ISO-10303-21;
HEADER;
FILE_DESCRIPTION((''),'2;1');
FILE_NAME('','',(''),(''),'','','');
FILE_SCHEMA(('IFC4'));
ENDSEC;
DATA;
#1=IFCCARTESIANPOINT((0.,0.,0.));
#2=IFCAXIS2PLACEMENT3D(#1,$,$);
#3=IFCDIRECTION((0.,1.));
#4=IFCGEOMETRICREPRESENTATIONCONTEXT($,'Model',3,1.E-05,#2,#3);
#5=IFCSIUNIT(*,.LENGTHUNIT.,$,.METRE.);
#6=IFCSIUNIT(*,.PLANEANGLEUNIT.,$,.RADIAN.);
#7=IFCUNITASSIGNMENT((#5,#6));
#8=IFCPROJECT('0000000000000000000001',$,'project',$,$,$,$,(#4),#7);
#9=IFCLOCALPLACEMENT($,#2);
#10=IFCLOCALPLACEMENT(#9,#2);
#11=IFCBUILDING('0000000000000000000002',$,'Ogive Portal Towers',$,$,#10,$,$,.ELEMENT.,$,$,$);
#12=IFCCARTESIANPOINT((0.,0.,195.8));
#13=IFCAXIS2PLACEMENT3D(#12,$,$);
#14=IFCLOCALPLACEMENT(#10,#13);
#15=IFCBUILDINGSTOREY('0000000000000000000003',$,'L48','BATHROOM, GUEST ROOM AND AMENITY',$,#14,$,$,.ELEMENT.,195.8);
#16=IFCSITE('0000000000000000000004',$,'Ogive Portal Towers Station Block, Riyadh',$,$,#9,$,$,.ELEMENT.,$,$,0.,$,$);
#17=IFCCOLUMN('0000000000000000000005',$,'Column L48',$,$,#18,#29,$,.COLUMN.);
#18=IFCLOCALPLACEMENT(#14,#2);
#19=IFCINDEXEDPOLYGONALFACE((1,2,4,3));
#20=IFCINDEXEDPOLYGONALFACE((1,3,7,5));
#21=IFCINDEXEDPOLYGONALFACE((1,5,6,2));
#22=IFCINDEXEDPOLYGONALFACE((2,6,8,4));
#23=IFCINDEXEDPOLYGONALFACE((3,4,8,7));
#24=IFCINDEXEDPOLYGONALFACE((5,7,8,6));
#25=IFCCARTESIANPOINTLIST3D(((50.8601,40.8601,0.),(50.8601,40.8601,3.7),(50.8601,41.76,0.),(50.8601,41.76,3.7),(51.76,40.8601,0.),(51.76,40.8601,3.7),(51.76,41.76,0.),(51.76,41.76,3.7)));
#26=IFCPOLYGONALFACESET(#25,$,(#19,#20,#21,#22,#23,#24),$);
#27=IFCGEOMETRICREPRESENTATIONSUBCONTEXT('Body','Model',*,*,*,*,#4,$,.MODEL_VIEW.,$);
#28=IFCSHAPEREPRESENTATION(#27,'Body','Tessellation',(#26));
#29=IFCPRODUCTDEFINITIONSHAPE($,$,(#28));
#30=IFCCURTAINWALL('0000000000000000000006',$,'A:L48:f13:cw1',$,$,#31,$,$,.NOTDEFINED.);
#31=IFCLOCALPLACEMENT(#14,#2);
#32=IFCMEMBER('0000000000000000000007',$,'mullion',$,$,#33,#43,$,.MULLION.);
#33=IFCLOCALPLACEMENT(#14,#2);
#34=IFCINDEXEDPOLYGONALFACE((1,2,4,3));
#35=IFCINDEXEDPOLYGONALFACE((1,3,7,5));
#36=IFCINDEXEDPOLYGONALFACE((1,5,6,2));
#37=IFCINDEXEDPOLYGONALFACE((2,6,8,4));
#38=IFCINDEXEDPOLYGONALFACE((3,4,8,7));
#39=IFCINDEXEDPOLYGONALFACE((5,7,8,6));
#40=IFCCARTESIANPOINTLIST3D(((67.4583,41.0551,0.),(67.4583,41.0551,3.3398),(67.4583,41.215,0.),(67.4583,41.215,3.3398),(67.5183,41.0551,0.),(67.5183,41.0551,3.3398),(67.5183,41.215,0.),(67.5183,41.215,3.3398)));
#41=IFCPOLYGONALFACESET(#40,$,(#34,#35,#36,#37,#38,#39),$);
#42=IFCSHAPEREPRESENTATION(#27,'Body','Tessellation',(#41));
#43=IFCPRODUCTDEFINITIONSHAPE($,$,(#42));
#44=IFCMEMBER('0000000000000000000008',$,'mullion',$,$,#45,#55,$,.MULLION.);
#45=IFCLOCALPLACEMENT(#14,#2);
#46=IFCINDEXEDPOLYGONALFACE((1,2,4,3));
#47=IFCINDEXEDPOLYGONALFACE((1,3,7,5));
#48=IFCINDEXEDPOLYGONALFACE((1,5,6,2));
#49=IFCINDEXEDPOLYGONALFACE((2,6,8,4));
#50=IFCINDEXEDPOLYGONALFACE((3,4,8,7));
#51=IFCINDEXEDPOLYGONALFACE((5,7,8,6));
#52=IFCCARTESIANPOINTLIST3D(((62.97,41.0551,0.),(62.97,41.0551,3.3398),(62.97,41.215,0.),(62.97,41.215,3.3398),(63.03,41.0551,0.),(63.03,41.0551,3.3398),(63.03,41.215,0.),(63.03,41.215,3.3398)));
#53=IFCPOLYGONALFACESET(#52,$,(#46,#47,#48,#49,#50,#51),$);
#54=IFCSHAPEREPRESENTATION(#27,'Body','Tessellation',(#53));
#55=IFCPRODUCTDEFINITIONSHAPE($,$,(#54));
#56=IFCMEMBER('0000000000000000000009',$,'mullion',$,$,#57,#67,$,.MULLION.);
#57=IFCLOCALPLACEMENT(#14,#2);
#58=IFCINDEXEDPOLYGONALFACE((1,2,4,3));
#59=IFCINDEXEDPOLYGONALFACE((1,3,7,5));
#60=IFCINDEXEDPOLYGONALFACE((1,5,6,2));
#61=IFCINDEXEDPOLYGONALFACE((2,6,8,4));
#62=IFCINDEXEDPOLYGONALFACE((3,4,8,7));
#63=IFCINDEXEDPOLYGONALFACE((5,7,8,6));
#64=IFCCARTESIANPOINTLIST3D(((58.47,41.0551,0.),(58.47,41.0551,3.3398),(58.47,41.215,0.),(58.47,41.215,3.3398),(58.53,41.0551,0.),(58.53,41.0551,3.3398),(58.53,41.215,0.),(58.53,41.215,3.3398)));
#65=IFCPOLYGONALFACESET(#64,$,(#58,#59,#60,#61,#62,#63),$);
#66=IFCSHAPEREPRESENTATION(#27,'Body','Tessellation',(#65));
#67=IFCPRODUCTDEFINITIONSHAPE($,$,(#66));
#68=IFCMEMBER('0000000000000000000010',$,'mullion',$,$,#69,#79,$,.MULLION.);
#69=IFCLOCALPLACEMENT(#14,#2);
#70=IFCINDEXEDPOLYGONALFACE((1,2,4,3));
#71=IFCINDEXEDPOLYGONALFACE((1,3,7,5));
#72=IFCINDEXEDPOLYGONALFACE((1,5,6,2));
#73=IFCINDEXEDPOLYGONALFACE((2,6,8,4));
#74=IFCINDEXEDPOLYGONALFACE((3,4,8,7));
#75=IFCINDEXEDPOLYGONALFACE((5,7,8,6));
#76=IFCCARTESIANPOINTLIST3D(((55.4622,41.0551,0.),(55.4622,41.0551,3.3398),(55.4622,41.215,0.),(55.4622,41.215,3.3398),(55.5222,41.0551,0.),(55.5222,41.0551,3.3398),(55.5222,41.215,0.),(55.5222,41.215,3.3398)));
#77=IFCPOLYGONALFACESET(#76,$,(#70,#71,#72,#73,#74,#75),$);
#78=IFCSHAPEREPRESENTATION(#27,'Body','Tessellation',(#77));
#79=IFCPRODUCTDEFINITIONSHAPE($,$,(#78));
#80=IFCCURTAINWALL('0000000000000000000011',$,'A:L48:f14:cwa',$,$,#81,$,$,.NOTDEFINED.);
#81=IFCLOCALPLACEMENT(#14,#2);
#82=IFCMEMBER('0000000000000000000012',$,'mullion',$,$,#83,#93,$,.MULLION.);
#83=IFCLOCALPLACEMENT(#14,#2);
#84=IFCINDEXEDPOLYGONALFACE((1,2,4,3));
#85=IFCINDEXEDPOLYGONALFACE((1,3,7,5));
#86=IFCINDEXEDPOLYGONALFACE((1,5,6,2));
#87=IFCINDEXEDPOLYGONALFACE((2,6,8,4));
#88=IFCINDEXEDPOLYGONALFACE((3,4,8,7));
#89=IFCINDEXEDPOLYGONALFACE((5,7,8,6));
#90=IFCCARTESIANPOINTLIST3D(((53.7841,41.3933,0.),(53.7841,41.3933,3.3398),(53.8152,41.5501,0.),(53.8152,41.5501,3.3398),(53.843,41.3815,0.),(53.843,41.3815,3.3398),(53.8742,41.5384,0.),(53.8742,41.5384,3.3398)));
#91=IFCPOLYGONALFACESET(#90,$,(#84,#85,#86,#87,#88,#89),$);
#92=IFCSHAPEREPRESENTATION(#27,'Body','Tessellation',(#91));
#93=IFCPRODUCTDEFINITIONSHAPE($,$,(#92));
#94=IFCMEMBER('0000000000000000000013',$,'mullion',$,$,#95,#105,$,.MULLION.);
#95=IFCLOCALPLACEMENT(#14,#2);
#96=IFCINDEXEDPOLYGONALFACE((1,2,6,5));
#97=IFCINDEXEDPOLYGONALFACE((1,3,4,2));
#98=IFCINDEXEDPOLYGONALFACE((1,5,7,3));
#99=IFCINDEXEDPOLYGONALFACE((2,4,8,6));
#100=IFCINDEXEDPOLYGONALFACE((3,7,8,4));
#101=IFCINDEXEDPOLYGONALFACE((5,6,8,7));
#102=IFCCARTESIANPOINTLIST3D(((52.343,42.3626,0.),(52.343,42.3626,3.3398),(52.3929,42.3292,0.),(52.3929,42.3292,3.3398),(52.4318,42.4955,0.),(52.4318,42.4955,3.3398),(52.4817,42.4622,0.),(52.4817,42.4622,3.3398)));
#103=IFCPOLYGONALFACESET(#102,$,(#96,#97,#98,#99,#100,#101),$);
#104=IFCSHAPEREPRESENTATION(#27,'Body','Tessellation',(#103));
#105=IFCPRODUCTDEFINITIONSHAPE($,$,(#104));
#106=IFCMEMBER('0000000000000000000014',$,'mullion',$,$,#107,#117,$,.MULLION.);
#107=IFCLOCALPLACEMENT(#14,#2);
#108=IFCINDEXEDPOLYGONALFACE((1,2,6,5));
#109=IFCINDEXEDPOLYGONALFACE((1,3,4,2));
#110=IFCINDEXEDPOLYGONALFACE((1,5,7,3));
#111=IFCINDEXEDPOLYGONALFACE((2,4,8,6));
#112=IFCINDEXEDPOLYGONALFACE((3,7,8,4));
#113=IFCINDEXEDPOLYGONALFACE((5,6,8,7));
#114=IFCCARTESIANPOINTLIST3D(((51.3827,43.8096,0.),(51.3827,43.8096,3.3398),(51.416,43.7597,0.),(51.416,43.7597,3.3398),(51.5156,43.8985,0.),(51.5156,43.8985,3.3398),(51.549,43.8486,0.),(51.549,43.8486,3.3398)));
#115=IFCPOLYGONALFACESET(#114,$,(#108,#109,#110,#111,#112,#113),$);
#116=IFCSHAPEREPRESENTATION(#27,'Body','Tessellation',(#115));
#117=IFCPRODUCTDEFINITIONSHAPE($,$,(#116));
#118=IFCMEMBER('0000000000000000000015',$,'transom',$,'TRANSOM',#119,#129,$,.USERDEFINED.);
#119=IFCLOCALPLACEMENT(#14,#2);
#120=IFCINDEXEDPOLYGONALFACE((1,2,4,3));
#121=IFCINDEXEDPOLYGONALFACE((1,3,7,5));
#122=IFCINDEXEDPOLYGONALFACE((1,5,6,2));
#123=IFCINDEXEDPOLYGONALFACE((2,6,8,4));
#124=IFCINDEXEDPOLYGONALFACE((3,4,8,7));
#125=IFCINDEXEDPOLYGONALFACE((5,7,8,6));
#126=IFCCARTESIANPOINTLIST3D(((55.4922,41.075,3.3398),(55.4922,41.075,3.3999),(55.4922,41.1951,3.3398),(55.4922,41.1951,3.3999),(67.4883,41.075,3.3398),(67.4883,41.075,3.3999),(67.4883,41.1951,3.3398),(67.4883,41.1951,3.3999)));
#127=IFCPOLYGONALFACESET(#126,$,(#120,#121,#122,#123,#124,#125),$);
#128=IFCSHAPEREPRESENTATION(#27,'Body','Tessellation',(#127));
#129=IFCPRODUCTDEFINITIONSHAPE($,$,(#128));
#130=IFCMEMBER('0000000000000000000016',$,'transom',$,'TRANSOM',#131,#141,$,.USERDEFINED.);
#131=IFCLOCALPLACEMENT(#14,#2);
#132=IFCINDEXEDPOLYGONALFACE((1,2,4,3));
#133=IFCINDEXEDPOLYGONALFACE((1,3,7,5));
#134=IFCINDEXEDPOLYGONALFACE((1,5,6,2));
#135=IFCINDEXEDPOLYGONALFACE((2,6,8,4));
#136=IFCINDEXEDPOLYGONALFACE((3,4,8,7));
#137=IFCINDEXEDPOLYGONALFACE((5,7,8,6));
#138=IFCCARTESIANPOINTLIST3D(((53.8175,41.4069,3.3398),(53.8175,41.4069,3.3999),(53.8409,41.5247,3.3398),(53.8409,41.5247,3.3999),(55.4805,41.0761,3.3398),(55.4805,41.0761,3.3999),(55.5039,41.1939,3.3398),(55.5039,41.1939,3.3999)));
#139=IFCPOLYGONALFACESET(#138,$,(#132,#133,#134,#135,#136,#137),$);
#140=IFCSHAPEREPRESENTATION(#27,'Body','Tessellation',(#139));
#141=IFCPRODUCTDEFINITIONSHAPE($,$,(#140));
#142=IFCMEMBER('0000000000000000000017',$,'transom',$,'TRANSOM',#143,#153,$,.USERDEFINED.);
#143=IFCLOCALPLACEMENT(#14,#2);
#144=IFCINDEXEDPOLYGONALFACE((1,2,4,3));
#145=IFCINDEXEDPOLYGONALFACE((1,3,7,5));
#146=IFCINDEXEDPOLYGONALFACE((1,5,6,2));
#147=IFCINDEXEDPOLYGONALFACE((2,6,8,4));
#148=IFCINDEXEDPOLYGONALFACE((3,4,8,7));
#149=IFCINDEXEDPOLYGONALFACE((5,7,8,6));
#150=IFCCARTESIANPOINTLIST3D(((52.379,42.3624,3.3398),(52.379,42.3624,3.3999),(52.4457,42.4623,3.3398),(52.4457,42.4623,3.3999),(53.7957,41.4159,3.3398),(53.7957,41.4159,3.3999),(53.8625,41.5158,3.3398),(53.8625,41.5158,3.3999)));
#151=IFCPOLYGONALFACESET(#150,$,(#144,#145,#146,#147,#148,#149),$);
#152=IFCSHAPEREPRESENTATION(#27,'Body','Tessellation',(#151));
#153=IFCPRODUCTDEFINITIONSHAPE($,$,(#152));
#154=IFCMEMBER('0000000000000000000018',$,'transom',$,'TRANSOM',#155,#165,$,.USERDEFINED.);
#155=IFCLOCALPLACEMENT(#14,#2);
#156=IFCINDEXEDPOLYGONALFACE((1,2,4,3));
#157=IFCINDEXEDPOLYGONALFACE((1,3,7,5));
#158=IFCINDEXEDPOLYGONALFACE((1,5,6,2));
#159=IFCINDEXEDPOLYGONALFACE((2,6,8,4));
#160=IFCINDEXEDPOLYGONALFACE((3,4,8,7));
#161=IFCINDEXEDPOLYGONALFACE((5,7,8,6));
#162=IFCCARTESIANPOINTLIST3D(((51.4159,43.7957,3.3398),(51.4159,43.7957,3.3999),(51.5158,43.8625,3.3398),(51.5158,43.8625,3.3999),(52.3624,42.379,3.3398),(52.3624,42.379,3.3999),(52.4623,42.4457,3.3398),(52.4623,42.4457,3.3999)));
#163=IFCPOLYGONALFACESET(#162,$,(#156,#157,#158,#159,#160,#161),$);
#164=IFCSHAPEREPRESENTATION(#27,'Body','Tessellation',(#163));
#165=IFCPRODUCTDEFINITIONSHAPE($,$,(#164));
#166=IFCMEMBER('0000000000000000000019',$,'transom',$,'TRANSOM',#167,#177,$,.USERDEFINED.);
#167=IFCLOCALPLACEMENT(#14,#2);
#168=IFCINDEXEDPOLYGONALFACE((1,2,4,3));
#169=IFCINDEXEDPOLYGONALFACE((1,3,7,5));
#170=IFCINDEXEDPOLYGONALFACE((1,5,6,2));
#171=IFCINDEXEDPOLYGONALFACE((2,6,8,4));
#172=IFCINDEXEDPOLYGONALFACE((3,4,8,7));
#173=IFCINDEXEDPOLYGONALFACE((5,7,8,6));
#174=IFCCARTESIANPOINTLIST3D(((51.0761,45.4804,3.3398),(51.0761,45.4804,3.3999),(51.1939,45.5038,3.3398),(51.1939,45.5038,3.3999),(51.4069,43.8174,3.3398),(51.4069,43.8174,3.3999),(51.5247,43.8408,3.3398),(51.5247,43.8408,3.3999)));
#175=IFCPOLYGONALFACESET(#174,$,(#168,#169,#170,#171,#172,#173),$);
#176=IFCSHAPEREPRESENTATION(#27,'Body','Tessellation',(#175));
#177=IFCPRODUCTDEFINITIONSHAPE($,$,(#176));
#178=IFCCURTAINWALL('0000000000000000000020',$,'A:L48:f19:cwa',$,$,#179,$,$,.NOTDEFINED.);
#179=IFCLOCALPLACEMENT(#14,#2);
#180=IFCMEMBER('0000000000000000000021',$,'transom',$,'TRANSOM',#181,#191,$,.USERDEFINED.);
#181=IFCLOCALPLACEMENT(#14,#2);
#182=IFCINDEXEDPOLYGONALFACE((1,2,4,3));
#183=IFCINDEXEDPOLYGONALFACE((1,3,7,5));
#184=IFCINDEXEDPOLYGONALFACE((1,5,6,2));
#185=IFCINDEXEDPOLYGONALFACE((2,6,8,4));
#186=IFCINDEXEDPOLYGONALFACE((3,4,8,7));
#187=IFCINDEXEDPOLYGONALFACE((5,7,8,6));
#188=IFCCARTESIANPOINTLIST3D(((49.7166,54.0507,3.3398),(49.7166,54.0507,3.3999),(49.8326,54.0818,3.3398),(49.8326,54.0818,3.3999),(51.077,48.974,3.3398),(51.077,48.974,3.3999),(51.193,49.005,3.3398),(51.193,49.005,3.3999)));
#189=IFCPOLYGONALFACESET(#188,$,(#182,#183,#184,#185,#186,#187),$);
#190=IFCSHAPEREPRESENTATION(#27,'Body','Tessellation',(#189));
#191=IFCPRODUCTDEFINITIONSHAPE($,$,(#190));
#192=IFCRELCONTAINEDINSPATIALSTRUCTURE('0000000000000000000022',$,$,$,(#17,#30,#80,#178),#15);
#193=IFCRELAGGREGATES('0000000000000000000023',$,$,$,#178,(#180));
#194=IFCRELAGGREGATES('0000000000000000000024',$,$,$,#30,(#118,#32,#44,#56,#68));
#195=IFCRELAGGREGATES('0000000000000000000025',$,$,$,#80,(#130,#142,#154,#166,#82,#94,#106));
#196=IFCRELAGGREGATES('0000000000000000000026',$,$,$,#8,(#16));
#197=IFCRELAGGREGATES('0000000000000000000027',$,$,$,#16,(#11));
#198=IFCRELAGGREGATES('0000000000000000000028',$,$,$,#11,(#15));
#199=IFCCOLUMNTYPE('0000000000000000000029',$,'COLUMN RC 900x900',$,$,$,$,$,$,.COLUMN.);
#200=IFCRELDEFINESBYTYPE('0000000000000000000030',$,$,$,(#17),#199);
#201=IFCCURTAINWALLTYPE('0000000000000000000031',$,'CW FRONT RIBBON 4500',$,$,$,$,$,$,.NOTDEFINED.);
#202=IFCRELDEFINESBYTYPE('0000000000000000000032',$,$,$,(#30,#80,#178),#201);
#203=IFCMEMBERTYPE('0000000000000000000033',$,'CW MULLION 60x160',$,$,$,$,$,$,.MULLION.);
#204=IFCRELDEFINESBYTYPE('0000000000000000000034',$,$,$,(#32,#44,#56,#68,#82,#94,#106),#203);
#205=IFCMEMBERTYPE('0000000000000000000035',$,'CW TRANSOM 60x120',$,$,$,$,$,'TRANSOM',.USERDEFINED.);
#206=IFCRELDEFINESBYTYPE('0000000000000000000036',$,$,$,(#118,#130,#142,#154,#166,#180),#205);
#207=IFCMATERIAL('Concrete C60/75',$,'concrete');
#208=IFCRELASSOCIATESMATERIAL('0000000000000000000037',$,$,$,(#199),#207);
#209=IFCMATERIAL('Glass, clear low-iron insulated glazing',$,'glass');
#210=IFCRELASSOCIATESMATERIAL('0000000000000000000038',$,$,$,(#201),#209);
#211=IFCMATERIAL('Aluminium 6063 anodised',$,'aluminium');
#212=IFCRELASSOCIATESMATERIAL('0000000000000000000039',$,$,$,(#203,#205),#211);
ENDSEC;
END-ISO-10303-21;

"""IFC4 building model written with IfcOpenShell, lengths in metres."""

from ifc_helpers import new_model, si_unit, direction, frame, origin, origin_2d, place, context, subcontext, project, spatial, rectangle, extrude, material, material_profile, profile_set, type_object, element, aggregate, save


model = new_model("IFC4")

# Units and contexts
model_context = context("Model", 3, precision=1e-05, world=origin(), true_north=direction((0.0, 1.0)))
body_context = subcontext(model_context, "Body", "Model", "MODEL_VIEW")
ifc_project = project(units=[si_unit("LENGTHUNIT", "METRE"), si_unit("PLANEANGLEUNIT", "RADIAN")], contexts=[model_context])

# Site, building, storey
site_placement = place(None, origin())
site = spatial("IfcSite", under=ifc_project, at=site_placement, Name="Ogive Portal Towers Station Block, Riyadh", CompositionType="ELEMENT", RefElevation=0.0)
building_placement = place(site_placement, origin())
building = spatial("IfcBuilding", under=site, at=building_placement, Name="Ogive Portal Towers", CompositionType="ELEMENT")
storey_placement = place(building_placement, frame((0.0, 0.0, 195.8)))
storey = spatial("IfcBuildingStorey", under=building, at=storey_placement, Name="L48", Description="BATHROOM, GUEST ROOM AND AMENITY", CompositionType="ELEMENT", Elevation=195.8)

# Column
ifc_material_1 = material(Name="Concrete C60/75", Category="concrete")
ifc_material_profile_1 = material_profile(ifc_material_1, rectangle(XDim=0.8999, YDim=0.8999, at=origin_2d()), Name="RC 900x900")
ifc_profile_set_1 = profile_set([ifc_material_profile_1], Name="Concrete C60/75")
column_type = type_object("IfcColumnType", Name="COLUMN RC 900x900", PredefinedType="COLUMN", material=ifc_profile_set_1)
column_placement = place(storey_placement, frame((51.3101, 41.3101, 0.0), z_axis=(0.0, 0.0, 1.0), x_axis=(1.0, 0.0, 0.0)))
element("IfcColumn", 1, at=column_placement, inside=storey, type_object=column_type, Name="Column L48", PredefinedType="COLUMN", context=body_context, shape_type="SweptSolid", body=[
    extrude(rectangle(XDim=0.8999, YDim=0.8999, at=origin_2d()), origin(), (0.0, 0.0, 1.0), 3.7),
])

# Curtain walls, members
ifc_material_2 = material(Name="Glass, clear low-iron insulated glazing", Category="glass")
curtain_wall_type = type_object("IfcCurtainWallType", Name="CW FRONT RIBBON 4500", PredefinedType="NOTDEFINED", material=ifc_material_2)
curtain_wall_1_placement = place(storey_placement, origin())
curtain_wall_1 = element("IfcCurtainWall", 2, at=curtain_wall_1_placement, inside=storey, type_object=curtain_wall_type, Name="A:L48:f13:cw1", PredefinedType="NOTDEFINED")
ifc_material_3 = material(Name="Aluminium 6063 anodised", Category="aluminium")
ifc_material_profile_2 = material_profile(ifc_material_3, rectangle(XDim=0.1599, YDim=0.0601, at=origin_2d()), Name="AL 60x160")
ifc_profile_set_2 = profile_set([ifc_material_profile_2], Name="Aluminium 6063 anodised")
member_type_1 = type_object("IfcMemberType", Name="CW MULLION 60x160", PredefinedType="MULLION", material=ifc_profile_set_2)
member_1_placement = place(storey_placement, frame((67.4883, 41.135, 0.0), z_axis=(0.0, 0.0, 1.0), x_axis=(0.0, -1.0, 0.0)))
member_1 = element("IfcMember", 3, at=member_1_placement, type_object=member_type_1, Name="mullion", PredefinedType="MULLION", context=body_context, shape_type="SweptSolid", body=[
    extrude(rectangle(XDim=0.1599, YDim=0.0601, at=origin_2d()), origin(), (0.0, 0.0, 1.0), 3.3398),
])
member_2_placement = place(storey_placement, frame((63.0, 41.135, 0.0), z_axis=(0.0, 0.0, 1.0), x_axis=(0.0, -1.0, 0.0)))
member_2 = element("IfcMember", 4, at=member_2_placement, type_object=member_type_1, Name="mullion", PredefinedType="MULLION", context=body_context, shape_type="SweptSolid", body=[
    extrude(rectangle(XDim=0.1599, YDim=0.0601, at=origin_2d()), origin(), (0.0, 0.0, 1.0), 3.3398),
])
member_3_placement = place(storey_placement, frame((58.5, 41.135, 0.0), z_axis=(0.0, 0.0, 1.0), x_axis=(0.0, -1.0, 0.0)))
member_3 = element("IfcMember", 5, at=member_3_placement, type_object=member_type_1, Name="mullion", PredefinedType="MULLION", context=body_context, shape_type="SweptSolid", body=[
    extrude(rectangle(XDim=0.1599, YDim=0.0601, at=origin_2d()), origin(), (0.0, 0.0, 1.0), 3.3398),
])
member_4_placement = place(storey_placement, frame((55.4922, 41.135, 0.0), z_axis=(0.0, 0.0, 1.0), x_axis=(0.0, -1.0, 0.0)))
member_4 = element("IfcMember", 6, at=member_4_placement, type_object=member_type_1, Name="mullion", PredefinedType="MULLION", context=body_context, shape_type="SweptSolid", body=[
    extrude(rectangle(XDim=0.1599, YDim=0.0601, at=origin_2d()), origin(), (0.0, 0.0, 1.0), 3.3398),
])
curtain_wall_2_placement = place(storey_placement, origin())
curtain_wall_2 = element("IfcCurtainWall", 7, at=curtain_wall_2_placement, inside=storey, type_object=curtain_wall_type, Name="A:L48:f14:cwa", PredefinedType="NOTDEFINED")
member_5_placement = place(storey_placement, frame((53.8291, 41.4658, 0.0), z_axis=(0.0, 0.0, 1.0), x_axis=(-0.19509, -0.980785, 0.0)))
member_5 = element("IfcMember", 8, at=member_5_placement, type_object=member_type_1, Name="mullion", PredefinedType="MULLION", context=body_context, shape_type="SweptSolid", body=[
    extrude(rectangle(XDim=0.1599, YDim=0.0601, at=origin_2d()), origin(), (0.0, 0.0, 1.0), 3.3398),
])
member_6_placement = place(storey_placement, frame((52.4124, 42.4124, 0.0), z_axis=(0.0, 0.0, 1.0), x_axis=(-0.55557, -0.83147, 0.0)))
member_6 = element("IfcMember", 9, at=member_6_placement, type_object=member_type_1, Name="mullion", PredefinedType="MULLION", context=body_context, shape_type="SweptSolid", body=[
    extrude(rectangle(XDim=0.1599, YDim=0.0601, at=origin_2d()), origin(), (0.0, 0.0, 1.0), 3.3398),
])
member_7_placement = place(storey_placement, frame((51.4658, 43.8291, 0.0), z_axis=(0.0, 0.0, 1.0), x_axis=(-0.83147, -0.55557, 0.0)))
member_7 = element("IfcMember", 10, at=member_7_placement, type_object=member_type_1, Name="mullion", PredefinedType="MULLION", context=body_context, shape_type="SweptSolid", body=[
    extrude(rectangle(XDim=0.1599, YDim=0.0601, at=origin_2d()), origin(), (0.0, 0.0, 1.0), 3.3398),
])

# Members
ifc_material_profile_3 = material_profile(ifc_material_3, rectangle(XDim=0.1201, YDim=0.0601, at=origin_2d()), Name="AL 120x60")
ifc_profile_set_3 = profile_set([ifc_material_profile_3], Name="Aluminium 6063 anodised")
member_type_2 = type_object("IfcMemberType", Name="CW TRANSOM 60x120", ElementType="TRANSOM", PredefinedType="USERDEFINED", material=ifc_profile_set_3)
member_8_placement = place(storey_placement, frame((67.4883, 41.135, 3.3699), z_axis=(-1.0, 0.0, 0.0), x_axis=(0.0, -1.0, 0.0)))
member_8 = element("IfcMember", 11, at=member_8_placement, type_object=member_type_2, Name="transom", ObjectType="TRANSOM", PredefinedType="USERDEFINED", context=body_context, shape_type="SweptSolid", body=[
    extrude(rectangle(XDim=0.1201, YDim=0.0601, at=origin_2d()), origin(), (0.0, 0.0, 1.0), 11.9961),
])
member_9_placement = place(storey_placement, frame((55.4922, 41.135, 3.3699), z_axis=(-0.980785, 0.195092, 0.0), x_axis=(-0.195092, -0.980785, 0.0)))
member_9 = element("IfcMember", 12, at=member_9_placement, type_object=member_type_2, Name="transom", ObjectType="TRANSOM", PredefinedType="USERDEFINED", context=body_context, shape_type="SweptSolid", body=[
    extrude(rectangle(XDim=0.1201, YDim=0.0601, at=origin_2d()), origin(), (0.0, 0.0, 1.0), 1.6956),
])
member_10_placement = place(storey_placement, frame((53.8291, 41.4658, 3.3699), z_axis=(-0.831499, 0.555527, 0.0), x_axis=(-0.555527, -0.831499, 0.0)))
member_10 = element("IfcMember", 13, at=member_10_placement, type_object=member_type_2, Name="transom", ObjectType="TRANSOM", PredefinedType="USERDEFINED", context=body_context, shape_type="SweptSolid", body=[
    extrude(rectangle(XDim=0.1201, YDim=0.0601, at=origin_2d()), origin(), (0.0, 0.0, 1.0), 1.7039),
])
member_11_placement = place(storey_placement, frame((52.4124, 42.4124, 3.3699), z_axis=(-0.555527, 0.831499, 0.0), x_axis=(-0.831499, -0.555527, 0.0)))
member_11 = element("IfcMember", 14, at=member_11_placement, type_object=member_type_2, Name="transom", ObjectType="TRANSOM", PredefinedType="USERDEFINED", context=body_context, shape_type="SweptSolid", body=[
    extrude(rectangle(XDim=0.1201, YDim=0.0601, at=origin_2d()), origin(), (0.0, 0.0, 1.0), 1.7039),
])
member_12_placement = place(storey_placement, frame((51.4658, 43.8291, 3.3699), z_axis=(-0.195092, 0.980785, 0.0), x_axis=(-0.980785, -0.195092, 0.0)))
member_12 = element("IfcMember", 15, at=member_12_placement, type_object=member_type_2, Name="transom", ObjectType="TRANSOM", PredefinedType="USERDEFINED", context=body_context, shape_type="SweptSolid", body=[
    extrude(rectangle(XDim=0.1201, YDim=0.0601, at=origin_2d()), origin(), (0.0, 0.0, 1.0), 1.6956),
])

# Curtain wall, member
curtain_wall_3_placement = place(storey_placement, origin())
curtain_wall_3 = element("IfcCurtainWall", 16, at=curtain_wall_3_placement, inside=storey, type_object=curtain_wall_type, Name="A:L48:f19:cwa", PredefinedType="NOTDEFINED")
member_13_placement = place(storey_placement, frame((51.135, 48.9895, 3.3699), z_axis=(-0.258831, 0.965923, 0.0), x_axis=(-0.965923, -0.258831, 0.0)))
member_13 = element("IfcMember", 17, at=member_13_placement, type_object=member_type_2, Name="transom", ObjectType="TRANSOM", PredefinedType="USERDEFINED", context=body_context, shape_type="SweptSolid", body=[
    extrude(rectangle(XDim=0.1201, YDim=0.0601, at=origin_2d()), origin(), (0.0, 0.0, 1.0), 5.2559),
])
aggregate(curtain_wall_3, [member_13])

aggregate(curtain_wall_1, [member_8, member_1, member_2, member_3, member_4])
aggregate(curtain_wall_2, [member_9, member_10, member_11, member_12, member_5, member_6, member_7])

save(model, "model.ifc")
